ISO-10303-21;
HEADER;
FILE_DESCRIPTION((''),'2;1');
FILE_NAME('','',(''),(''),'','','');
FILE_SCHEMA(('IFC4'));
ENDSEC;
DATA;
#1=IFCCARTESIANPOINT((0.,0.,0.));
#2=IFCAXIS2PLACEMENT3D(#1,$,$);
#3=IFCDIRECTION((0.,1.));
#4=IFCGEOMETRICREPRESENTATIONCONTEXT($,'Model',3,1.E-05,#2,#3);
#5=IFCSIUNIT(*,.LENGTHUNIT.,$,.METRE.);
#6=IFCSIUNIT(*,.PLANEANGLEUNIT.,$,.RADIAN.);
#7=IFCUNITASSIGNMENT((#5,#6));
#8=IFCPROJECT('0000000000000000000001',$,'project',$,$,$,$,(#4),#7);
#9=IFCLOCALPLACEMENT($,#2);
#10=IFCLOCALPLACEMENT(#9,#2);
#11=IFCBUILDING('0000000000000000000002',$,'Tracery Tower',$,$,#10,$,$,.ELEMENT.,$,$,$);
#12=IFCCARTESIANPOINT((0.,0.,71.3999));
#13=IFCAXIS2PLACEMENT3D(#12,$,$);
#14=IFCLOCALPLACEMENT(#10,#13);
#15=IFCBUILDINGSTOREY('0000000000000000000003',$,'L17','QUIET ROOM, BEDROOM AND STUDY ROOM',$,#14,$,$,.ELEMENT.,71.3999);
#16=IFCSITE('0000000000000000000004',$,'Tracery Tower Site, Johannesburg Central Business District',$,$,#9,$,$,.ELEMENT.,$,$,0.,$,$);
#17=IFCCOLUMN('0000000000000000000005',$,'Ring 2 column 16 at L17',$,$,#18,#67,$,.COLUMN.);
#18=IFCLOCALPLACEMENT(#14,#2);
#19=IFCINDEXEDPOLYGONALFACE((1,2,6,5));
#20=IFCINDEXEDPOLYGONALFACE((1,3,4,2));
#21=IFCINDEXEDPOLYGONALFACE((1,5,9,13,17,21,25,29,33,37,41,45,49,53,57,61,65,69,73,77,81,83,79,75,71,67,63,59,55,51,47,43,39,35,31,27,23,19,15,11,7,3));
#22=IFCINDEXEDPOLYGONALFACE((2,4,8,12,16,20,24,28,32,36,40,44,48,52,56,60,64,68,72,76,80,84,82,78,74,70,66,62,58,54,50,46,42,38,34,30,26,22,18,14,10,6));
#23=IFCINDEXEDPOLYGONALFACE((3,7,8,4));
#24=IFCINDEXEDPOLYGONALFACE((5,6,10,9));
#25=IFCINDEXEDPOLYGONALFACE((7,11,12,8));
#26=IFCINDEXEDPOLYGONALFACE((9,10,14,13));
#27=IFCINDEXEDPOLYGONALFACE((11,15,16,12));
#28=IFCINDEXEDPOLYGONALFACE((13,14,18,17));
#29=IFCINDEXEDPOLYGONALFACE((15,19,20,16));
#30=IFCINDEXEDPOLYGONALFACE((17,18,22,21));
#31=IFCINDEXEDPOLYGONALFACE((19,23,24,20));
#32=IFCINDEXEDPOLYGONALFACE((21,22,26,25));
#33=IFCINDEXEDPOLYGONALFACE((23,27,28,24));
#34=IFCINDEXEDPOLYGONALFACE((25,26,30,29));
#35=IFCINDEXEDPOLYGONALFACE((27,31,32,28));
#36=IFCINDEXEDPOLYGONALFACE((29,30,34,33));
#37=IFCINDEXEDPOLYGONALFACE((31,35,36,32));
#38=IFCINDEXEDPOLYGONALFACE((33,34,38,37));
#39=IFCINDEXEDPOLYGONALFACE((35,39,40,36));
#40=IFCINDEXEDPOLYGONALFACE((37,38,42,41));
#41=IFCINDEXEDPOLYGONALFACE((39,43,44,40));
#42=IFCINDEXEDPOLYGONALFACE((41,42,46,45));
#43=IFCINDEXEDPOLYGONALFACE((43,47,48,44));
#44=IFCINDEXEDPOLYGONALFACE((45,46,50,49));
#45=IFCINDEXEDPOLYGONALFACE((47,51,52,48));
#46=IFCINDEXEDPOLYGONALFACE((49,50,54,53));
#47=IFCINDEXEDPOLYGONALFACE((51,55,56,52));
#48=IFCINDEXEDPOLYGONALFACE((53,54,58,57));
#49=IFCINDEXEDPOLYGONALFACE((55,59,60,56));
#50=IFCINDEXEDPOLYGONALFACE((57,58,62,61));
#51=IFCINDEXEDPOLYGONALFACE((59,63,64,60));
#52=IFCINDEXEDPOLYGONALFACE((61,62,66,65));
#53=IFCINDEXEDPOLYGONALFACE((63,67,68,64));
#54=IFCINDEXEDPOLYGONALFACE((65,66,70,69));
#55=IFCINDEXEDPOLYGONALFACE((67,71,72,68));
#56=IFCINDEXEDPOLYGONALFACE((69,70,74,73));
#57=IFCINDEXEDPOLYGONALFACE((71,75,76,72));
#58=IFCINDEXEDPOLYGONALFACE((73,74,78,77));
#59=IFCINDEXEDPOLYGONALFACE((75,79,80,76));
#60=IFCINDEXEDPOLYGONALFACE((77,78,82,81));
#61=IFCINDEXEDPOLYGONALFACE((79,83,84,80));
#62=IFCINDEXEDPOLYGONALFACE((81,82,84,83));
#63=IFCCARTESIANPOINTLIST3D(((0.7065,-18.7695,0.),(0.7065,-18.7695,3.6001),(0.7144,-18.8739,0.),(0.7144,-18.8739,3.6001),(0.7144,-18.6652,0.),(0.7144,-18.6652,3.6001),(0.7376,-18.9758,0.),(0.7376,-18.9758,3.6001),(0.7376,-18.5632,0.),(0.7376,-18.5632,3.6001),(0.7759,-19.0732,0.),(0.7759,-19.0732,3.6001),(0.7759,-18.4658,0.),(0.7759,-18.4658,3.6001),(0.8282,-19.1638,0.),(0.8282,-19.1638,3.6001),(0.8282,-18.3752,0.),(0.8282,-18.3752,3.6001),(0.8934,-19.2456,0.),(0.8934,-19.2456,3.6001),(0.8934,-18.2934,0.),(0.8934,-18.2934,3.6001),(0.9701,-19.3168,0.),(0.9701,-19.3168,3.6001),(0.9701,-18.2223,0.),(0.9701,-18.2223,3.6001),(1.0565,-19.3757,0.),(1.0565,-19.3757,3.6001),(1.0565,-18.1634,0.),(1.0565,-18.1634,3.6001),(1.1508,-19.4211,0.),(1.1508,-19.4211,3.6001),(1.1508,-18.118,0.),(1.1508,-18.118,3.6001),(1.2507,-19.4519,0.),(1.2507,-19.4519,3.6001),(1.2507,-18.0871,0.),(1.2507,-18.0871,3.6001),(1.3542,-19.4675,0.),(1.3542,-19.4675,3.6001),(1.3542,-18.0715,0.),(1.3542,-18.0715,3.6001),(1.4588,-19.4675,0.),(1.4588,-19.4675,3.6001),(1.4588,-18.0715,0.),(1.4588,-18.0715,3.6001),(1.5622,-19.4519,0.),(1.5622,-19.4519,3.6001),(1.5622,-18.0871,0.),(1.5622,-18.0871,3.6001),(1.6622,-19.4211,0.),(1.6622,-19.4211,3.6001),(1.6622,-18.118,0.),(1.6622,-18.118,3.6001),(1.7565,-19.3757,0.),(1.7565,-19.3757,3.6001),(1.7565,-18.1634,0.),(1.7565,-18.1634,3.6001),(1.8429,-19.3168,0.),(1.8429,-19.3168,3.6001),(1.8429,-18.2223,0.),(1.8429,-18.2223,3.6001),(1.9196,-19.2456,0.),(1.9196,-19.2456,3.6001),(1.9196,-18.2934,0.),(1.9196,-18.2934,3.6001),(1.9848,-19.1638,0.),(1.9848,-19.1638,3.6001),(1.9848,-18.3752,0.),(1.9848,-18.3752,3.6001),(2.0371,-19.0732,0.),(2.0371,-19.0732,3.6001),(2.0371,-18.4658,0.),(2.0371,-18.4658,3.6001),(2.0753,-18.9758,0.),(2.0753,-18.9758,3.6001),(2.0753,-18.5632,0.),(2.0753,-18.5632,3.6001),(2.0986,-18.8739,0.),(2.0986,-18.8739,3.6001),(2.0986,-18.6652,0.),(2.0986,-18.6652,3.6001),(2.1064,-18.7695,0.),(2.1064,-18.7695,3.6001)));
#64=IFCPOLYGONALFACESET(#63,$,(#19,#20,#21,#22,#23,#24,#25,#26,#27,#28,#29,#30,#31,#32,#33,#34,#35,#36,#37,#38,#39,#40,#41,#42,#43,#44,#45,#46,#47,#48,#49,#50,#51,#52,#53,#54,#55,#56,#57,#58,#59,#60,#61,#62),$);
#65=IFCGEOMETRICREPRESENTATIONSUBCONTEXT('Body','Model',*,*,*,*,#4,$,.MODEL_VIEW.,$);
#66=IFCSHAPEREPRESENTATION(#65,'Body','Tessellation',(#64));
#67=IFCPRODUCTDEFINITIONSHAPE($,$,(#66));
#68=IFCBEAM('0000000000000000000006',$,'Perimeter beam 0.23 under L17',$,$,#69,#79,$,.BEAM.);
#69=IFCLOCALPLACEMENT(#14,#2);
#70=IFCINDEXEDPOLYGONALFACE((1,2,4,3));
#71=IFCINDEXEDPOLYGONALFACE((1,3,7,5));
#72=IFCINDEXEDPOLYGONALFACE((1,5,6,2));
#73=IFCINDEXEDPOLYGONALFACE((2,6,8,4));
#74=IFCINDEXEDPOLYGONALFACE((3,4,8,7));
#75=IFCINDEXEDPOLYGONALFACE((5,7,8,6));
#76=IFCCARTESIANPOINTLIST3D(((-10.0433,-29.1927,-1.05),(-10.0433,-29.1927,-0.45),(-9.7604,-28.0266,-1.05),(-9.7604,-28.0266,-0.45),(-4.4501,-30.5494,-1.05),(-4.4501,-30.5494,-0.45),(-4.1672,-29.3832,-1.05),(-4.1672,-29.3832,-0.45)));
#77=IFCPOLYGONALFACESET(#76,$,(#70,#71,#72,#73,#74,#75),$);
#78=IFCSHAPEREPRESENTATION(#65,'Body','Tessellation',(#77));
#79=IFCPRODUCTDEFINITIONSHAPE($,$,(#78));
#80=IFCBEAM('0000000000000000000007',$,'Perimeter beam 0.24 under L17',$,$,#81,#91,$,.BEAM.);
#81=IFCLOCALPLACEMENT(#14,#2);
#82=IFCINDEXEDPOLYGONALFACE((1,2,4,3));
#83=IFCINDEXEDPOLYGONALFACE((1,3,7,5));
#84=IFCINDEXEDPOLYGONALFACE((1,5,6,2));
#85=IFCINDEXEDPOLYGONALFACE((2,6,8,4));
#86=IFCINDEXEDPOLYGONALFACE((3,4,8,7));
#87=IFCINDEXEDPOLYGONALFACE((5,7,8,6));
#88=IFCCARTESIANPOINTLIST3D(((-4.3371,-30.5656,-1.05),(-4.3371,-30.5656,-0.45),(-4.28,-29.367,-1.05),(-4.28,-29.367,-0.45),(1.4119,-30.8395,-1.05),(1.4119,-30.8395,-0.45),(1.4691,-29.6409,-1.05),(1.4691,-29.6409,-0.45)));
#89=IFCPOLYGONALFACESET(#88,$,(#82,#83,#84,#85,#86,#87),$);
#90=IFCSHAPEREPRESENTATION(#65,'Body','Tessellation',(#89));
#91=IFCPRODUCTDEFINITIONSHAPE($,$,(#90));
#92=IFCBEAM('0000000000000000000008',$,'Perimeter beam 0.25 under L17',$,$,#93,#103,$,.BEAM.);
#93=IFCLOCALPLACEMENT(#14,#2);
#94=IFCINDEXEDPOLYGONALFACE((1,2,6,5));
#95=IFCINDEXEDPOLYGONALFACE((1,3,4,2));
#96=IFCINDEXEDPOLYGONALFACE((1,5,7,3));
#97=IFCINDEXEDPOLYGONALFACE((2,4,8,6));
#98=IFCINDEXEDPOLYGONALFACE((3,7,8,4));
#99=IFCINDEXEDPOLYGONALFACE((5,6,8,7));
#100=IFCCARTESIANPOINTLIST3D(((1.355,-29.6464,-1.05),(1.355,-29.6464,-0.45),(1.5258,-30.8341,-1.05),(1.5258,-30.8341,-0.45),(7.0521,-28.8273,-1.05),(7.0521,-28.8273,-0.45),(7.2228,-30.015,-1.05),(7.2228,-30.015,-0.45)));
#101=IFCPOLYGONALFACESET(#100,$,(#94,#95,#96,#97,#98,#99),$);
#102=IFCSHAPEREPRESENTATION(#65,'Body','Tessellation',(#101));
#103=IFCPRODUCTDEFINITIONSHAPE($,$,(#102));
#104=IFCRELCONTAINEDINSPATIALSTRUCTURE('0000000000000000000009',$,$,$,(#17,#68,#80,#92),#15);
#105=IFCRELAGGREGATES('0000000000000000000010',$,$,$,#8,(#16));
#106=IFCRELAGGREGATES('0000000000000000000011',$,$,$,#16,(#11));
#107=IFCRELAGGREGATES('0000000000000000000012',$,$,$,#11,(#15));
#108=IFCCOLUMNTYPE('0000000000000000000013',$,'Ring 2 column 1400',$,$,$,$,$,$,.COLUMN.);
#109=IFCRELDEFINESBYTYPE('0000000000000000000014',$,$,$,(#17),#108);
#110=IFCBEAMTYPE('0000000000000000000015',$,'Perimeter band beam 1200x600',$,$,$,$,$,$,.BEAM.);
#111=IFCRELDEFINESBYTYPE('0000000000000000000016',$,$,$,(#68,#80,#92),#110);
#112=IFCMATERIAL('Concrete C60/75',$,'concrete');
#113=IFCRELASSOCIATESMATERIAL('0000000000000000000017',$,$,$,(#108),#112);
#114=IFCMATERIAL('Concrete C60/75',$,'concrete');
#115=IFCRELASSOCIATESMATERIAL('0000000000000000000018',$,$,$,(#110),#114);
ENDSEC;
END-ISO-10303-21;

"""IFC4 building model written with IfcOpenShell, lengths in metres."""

from ifc_helpers import new_model, si_unit, direction, frame, origin, origin_2d, place, context, subcontext, project, spatial, rectangle, circle, extrude, material, material_profile, profile_set, type_object, element, save


model = new_model("IFC4")

# Units and contexts
model_context = context("Model", 3, precision=1e-05, world=origin(), true_north=direction((0.0, 1.0)))
body_context = subcontext(model_context, "Body", "Model", "MODEL_VIEW")
ifc_project = project(units=[si_unit("LENGTHUNIT", "METRE"), si_unit("PLANEANGLEUNIT", "RADIAN")], contexts=[model_context])

# Site, building, storey
site_placement = place(None, origin())
site = spatial("IfcSite", under=ifc_project, at=site_placement, Name="Tracery Tower Site, Johannesburg Central Business District", CompositionType="ELEMENT", RefElevation=0.0)
building_placement = place(site_placement, origin())
building = spatial("IfcBuilding", under=site, at=building_placement, Name="Tracery Tower", CompositionType="ELEMENT")
storey_placement = place(building_placement, frame((0.0, 0.0, 71.3999)))
storey = spatial("IfcBuildingStorey", under=building, at=storey_placement, Name="L17", Description="QUIET ROOM, BEDROOM AND STUDY ROOM", CompositionType="ELEMENT", Elevation=71.3999)

# Column
ifc_material_1 = material(Name="Concrete C60/75", Category="concrete")
ifc_material_profile_1 = material_profile(ifc_material_1, circle(Radius=0.7, at=origin_2d()), Name="RC D1400")
ifc_profile_set_1 = profile_set([ifc_material_profile_1], Name="Concrete C60/75")
column_type_1 = type_object("IfcColumnType", Name="Ring 2 column 1400", PredefinedType="COLUMN", material=ifc_profile_set_1)
for number, where, z_axis, x_axis, name in (
    (1, (1.4065, -18.7695, 0.0), (0.0, 0.0, 1.0), (1.0, 0.0, 0.0), "Ring 2 column 16 at L17"),
):
    element("IfcColumn", number, at=place(storey_placement, frame(where, z_axis=z_axis, x_axis=x_axis)), inside=storey, type_object=column_type_1, Name=name, PredefinedType="COLUMN", context=body_context, shape_type="SweptSolid", body=[
        extrude(circle(Radius=0.7, at=origin_2d()), origin(), (0.0, 0.0, 1.0), 3.6001),
    ])

# Beams
ifc_material_2 = material(Name="Concrete C60/75", Category="concrete")
ifc_material_profile_2 = material_profile(ifc_material_2, rectangle(XDim=1.2, YDim=0.6001, at=origin_2d()), Name="RC 1200x600")
ifc_profile_set_2 = profile_set([ifc_material_profile_2], Name="Concrete C60/75")
beam_type = type_object("IfcBeamType", Name="Perimeter band beam 1200x600", PredefinedType="BEAM", material=ifc_profile_set_2)
beam_placement = place(storey_placement, frame((-9.9019, -28.6096, -0.75), z_axis=(0.97182, -0.235723, 0.0), x_axis=(0.235723, 0.97182, 0.0)))
element("IfcBeam", 2, at=beam_placement, inside=storey, type_object=beam_type, Name="Perimeter beam 0.23 under L17", PredefinedType="BEAM", context=body_context, shape_type="SweptSolid", body=[
    extrude(rectangle(XDim=1.2, YDim=0.6001, at=origin_2d()), origin(), (0.0, 0.0, 1.0), 5.7554),
])
for number, where, z_axis, x_axis, name in (
    (3, (-4.3086, -29.9663, -0.75), (0.998867, -0.047593, 0.0), (0.047593, 0.998867, 0.0), "Perimeter beam 0.24 under L17"),
    (4, (1.4404, -30.2402, -0.75), (0.989822, 0.142312, 0.0), (-0.142312, 0.989822, 0.0), "Perimeter beam 0.25 under L17"),
):
    element("IfcBeam", number, at=place(storey_placement, frame(where, z_axis=z_axis, x_axis=x_axis)), inside=storey, type_object=beam_type, Name=name, PredefinedType="BEAM", context=body_context, shape_type="SweptSolid", body=[
        extrude(rectangle(XDim=1.2, YDim=0.6001, at=origin_2d()), origin(), (0.0, 0.0, 1.0), 5.7556),
    ])

save(model, "model.ifc")
